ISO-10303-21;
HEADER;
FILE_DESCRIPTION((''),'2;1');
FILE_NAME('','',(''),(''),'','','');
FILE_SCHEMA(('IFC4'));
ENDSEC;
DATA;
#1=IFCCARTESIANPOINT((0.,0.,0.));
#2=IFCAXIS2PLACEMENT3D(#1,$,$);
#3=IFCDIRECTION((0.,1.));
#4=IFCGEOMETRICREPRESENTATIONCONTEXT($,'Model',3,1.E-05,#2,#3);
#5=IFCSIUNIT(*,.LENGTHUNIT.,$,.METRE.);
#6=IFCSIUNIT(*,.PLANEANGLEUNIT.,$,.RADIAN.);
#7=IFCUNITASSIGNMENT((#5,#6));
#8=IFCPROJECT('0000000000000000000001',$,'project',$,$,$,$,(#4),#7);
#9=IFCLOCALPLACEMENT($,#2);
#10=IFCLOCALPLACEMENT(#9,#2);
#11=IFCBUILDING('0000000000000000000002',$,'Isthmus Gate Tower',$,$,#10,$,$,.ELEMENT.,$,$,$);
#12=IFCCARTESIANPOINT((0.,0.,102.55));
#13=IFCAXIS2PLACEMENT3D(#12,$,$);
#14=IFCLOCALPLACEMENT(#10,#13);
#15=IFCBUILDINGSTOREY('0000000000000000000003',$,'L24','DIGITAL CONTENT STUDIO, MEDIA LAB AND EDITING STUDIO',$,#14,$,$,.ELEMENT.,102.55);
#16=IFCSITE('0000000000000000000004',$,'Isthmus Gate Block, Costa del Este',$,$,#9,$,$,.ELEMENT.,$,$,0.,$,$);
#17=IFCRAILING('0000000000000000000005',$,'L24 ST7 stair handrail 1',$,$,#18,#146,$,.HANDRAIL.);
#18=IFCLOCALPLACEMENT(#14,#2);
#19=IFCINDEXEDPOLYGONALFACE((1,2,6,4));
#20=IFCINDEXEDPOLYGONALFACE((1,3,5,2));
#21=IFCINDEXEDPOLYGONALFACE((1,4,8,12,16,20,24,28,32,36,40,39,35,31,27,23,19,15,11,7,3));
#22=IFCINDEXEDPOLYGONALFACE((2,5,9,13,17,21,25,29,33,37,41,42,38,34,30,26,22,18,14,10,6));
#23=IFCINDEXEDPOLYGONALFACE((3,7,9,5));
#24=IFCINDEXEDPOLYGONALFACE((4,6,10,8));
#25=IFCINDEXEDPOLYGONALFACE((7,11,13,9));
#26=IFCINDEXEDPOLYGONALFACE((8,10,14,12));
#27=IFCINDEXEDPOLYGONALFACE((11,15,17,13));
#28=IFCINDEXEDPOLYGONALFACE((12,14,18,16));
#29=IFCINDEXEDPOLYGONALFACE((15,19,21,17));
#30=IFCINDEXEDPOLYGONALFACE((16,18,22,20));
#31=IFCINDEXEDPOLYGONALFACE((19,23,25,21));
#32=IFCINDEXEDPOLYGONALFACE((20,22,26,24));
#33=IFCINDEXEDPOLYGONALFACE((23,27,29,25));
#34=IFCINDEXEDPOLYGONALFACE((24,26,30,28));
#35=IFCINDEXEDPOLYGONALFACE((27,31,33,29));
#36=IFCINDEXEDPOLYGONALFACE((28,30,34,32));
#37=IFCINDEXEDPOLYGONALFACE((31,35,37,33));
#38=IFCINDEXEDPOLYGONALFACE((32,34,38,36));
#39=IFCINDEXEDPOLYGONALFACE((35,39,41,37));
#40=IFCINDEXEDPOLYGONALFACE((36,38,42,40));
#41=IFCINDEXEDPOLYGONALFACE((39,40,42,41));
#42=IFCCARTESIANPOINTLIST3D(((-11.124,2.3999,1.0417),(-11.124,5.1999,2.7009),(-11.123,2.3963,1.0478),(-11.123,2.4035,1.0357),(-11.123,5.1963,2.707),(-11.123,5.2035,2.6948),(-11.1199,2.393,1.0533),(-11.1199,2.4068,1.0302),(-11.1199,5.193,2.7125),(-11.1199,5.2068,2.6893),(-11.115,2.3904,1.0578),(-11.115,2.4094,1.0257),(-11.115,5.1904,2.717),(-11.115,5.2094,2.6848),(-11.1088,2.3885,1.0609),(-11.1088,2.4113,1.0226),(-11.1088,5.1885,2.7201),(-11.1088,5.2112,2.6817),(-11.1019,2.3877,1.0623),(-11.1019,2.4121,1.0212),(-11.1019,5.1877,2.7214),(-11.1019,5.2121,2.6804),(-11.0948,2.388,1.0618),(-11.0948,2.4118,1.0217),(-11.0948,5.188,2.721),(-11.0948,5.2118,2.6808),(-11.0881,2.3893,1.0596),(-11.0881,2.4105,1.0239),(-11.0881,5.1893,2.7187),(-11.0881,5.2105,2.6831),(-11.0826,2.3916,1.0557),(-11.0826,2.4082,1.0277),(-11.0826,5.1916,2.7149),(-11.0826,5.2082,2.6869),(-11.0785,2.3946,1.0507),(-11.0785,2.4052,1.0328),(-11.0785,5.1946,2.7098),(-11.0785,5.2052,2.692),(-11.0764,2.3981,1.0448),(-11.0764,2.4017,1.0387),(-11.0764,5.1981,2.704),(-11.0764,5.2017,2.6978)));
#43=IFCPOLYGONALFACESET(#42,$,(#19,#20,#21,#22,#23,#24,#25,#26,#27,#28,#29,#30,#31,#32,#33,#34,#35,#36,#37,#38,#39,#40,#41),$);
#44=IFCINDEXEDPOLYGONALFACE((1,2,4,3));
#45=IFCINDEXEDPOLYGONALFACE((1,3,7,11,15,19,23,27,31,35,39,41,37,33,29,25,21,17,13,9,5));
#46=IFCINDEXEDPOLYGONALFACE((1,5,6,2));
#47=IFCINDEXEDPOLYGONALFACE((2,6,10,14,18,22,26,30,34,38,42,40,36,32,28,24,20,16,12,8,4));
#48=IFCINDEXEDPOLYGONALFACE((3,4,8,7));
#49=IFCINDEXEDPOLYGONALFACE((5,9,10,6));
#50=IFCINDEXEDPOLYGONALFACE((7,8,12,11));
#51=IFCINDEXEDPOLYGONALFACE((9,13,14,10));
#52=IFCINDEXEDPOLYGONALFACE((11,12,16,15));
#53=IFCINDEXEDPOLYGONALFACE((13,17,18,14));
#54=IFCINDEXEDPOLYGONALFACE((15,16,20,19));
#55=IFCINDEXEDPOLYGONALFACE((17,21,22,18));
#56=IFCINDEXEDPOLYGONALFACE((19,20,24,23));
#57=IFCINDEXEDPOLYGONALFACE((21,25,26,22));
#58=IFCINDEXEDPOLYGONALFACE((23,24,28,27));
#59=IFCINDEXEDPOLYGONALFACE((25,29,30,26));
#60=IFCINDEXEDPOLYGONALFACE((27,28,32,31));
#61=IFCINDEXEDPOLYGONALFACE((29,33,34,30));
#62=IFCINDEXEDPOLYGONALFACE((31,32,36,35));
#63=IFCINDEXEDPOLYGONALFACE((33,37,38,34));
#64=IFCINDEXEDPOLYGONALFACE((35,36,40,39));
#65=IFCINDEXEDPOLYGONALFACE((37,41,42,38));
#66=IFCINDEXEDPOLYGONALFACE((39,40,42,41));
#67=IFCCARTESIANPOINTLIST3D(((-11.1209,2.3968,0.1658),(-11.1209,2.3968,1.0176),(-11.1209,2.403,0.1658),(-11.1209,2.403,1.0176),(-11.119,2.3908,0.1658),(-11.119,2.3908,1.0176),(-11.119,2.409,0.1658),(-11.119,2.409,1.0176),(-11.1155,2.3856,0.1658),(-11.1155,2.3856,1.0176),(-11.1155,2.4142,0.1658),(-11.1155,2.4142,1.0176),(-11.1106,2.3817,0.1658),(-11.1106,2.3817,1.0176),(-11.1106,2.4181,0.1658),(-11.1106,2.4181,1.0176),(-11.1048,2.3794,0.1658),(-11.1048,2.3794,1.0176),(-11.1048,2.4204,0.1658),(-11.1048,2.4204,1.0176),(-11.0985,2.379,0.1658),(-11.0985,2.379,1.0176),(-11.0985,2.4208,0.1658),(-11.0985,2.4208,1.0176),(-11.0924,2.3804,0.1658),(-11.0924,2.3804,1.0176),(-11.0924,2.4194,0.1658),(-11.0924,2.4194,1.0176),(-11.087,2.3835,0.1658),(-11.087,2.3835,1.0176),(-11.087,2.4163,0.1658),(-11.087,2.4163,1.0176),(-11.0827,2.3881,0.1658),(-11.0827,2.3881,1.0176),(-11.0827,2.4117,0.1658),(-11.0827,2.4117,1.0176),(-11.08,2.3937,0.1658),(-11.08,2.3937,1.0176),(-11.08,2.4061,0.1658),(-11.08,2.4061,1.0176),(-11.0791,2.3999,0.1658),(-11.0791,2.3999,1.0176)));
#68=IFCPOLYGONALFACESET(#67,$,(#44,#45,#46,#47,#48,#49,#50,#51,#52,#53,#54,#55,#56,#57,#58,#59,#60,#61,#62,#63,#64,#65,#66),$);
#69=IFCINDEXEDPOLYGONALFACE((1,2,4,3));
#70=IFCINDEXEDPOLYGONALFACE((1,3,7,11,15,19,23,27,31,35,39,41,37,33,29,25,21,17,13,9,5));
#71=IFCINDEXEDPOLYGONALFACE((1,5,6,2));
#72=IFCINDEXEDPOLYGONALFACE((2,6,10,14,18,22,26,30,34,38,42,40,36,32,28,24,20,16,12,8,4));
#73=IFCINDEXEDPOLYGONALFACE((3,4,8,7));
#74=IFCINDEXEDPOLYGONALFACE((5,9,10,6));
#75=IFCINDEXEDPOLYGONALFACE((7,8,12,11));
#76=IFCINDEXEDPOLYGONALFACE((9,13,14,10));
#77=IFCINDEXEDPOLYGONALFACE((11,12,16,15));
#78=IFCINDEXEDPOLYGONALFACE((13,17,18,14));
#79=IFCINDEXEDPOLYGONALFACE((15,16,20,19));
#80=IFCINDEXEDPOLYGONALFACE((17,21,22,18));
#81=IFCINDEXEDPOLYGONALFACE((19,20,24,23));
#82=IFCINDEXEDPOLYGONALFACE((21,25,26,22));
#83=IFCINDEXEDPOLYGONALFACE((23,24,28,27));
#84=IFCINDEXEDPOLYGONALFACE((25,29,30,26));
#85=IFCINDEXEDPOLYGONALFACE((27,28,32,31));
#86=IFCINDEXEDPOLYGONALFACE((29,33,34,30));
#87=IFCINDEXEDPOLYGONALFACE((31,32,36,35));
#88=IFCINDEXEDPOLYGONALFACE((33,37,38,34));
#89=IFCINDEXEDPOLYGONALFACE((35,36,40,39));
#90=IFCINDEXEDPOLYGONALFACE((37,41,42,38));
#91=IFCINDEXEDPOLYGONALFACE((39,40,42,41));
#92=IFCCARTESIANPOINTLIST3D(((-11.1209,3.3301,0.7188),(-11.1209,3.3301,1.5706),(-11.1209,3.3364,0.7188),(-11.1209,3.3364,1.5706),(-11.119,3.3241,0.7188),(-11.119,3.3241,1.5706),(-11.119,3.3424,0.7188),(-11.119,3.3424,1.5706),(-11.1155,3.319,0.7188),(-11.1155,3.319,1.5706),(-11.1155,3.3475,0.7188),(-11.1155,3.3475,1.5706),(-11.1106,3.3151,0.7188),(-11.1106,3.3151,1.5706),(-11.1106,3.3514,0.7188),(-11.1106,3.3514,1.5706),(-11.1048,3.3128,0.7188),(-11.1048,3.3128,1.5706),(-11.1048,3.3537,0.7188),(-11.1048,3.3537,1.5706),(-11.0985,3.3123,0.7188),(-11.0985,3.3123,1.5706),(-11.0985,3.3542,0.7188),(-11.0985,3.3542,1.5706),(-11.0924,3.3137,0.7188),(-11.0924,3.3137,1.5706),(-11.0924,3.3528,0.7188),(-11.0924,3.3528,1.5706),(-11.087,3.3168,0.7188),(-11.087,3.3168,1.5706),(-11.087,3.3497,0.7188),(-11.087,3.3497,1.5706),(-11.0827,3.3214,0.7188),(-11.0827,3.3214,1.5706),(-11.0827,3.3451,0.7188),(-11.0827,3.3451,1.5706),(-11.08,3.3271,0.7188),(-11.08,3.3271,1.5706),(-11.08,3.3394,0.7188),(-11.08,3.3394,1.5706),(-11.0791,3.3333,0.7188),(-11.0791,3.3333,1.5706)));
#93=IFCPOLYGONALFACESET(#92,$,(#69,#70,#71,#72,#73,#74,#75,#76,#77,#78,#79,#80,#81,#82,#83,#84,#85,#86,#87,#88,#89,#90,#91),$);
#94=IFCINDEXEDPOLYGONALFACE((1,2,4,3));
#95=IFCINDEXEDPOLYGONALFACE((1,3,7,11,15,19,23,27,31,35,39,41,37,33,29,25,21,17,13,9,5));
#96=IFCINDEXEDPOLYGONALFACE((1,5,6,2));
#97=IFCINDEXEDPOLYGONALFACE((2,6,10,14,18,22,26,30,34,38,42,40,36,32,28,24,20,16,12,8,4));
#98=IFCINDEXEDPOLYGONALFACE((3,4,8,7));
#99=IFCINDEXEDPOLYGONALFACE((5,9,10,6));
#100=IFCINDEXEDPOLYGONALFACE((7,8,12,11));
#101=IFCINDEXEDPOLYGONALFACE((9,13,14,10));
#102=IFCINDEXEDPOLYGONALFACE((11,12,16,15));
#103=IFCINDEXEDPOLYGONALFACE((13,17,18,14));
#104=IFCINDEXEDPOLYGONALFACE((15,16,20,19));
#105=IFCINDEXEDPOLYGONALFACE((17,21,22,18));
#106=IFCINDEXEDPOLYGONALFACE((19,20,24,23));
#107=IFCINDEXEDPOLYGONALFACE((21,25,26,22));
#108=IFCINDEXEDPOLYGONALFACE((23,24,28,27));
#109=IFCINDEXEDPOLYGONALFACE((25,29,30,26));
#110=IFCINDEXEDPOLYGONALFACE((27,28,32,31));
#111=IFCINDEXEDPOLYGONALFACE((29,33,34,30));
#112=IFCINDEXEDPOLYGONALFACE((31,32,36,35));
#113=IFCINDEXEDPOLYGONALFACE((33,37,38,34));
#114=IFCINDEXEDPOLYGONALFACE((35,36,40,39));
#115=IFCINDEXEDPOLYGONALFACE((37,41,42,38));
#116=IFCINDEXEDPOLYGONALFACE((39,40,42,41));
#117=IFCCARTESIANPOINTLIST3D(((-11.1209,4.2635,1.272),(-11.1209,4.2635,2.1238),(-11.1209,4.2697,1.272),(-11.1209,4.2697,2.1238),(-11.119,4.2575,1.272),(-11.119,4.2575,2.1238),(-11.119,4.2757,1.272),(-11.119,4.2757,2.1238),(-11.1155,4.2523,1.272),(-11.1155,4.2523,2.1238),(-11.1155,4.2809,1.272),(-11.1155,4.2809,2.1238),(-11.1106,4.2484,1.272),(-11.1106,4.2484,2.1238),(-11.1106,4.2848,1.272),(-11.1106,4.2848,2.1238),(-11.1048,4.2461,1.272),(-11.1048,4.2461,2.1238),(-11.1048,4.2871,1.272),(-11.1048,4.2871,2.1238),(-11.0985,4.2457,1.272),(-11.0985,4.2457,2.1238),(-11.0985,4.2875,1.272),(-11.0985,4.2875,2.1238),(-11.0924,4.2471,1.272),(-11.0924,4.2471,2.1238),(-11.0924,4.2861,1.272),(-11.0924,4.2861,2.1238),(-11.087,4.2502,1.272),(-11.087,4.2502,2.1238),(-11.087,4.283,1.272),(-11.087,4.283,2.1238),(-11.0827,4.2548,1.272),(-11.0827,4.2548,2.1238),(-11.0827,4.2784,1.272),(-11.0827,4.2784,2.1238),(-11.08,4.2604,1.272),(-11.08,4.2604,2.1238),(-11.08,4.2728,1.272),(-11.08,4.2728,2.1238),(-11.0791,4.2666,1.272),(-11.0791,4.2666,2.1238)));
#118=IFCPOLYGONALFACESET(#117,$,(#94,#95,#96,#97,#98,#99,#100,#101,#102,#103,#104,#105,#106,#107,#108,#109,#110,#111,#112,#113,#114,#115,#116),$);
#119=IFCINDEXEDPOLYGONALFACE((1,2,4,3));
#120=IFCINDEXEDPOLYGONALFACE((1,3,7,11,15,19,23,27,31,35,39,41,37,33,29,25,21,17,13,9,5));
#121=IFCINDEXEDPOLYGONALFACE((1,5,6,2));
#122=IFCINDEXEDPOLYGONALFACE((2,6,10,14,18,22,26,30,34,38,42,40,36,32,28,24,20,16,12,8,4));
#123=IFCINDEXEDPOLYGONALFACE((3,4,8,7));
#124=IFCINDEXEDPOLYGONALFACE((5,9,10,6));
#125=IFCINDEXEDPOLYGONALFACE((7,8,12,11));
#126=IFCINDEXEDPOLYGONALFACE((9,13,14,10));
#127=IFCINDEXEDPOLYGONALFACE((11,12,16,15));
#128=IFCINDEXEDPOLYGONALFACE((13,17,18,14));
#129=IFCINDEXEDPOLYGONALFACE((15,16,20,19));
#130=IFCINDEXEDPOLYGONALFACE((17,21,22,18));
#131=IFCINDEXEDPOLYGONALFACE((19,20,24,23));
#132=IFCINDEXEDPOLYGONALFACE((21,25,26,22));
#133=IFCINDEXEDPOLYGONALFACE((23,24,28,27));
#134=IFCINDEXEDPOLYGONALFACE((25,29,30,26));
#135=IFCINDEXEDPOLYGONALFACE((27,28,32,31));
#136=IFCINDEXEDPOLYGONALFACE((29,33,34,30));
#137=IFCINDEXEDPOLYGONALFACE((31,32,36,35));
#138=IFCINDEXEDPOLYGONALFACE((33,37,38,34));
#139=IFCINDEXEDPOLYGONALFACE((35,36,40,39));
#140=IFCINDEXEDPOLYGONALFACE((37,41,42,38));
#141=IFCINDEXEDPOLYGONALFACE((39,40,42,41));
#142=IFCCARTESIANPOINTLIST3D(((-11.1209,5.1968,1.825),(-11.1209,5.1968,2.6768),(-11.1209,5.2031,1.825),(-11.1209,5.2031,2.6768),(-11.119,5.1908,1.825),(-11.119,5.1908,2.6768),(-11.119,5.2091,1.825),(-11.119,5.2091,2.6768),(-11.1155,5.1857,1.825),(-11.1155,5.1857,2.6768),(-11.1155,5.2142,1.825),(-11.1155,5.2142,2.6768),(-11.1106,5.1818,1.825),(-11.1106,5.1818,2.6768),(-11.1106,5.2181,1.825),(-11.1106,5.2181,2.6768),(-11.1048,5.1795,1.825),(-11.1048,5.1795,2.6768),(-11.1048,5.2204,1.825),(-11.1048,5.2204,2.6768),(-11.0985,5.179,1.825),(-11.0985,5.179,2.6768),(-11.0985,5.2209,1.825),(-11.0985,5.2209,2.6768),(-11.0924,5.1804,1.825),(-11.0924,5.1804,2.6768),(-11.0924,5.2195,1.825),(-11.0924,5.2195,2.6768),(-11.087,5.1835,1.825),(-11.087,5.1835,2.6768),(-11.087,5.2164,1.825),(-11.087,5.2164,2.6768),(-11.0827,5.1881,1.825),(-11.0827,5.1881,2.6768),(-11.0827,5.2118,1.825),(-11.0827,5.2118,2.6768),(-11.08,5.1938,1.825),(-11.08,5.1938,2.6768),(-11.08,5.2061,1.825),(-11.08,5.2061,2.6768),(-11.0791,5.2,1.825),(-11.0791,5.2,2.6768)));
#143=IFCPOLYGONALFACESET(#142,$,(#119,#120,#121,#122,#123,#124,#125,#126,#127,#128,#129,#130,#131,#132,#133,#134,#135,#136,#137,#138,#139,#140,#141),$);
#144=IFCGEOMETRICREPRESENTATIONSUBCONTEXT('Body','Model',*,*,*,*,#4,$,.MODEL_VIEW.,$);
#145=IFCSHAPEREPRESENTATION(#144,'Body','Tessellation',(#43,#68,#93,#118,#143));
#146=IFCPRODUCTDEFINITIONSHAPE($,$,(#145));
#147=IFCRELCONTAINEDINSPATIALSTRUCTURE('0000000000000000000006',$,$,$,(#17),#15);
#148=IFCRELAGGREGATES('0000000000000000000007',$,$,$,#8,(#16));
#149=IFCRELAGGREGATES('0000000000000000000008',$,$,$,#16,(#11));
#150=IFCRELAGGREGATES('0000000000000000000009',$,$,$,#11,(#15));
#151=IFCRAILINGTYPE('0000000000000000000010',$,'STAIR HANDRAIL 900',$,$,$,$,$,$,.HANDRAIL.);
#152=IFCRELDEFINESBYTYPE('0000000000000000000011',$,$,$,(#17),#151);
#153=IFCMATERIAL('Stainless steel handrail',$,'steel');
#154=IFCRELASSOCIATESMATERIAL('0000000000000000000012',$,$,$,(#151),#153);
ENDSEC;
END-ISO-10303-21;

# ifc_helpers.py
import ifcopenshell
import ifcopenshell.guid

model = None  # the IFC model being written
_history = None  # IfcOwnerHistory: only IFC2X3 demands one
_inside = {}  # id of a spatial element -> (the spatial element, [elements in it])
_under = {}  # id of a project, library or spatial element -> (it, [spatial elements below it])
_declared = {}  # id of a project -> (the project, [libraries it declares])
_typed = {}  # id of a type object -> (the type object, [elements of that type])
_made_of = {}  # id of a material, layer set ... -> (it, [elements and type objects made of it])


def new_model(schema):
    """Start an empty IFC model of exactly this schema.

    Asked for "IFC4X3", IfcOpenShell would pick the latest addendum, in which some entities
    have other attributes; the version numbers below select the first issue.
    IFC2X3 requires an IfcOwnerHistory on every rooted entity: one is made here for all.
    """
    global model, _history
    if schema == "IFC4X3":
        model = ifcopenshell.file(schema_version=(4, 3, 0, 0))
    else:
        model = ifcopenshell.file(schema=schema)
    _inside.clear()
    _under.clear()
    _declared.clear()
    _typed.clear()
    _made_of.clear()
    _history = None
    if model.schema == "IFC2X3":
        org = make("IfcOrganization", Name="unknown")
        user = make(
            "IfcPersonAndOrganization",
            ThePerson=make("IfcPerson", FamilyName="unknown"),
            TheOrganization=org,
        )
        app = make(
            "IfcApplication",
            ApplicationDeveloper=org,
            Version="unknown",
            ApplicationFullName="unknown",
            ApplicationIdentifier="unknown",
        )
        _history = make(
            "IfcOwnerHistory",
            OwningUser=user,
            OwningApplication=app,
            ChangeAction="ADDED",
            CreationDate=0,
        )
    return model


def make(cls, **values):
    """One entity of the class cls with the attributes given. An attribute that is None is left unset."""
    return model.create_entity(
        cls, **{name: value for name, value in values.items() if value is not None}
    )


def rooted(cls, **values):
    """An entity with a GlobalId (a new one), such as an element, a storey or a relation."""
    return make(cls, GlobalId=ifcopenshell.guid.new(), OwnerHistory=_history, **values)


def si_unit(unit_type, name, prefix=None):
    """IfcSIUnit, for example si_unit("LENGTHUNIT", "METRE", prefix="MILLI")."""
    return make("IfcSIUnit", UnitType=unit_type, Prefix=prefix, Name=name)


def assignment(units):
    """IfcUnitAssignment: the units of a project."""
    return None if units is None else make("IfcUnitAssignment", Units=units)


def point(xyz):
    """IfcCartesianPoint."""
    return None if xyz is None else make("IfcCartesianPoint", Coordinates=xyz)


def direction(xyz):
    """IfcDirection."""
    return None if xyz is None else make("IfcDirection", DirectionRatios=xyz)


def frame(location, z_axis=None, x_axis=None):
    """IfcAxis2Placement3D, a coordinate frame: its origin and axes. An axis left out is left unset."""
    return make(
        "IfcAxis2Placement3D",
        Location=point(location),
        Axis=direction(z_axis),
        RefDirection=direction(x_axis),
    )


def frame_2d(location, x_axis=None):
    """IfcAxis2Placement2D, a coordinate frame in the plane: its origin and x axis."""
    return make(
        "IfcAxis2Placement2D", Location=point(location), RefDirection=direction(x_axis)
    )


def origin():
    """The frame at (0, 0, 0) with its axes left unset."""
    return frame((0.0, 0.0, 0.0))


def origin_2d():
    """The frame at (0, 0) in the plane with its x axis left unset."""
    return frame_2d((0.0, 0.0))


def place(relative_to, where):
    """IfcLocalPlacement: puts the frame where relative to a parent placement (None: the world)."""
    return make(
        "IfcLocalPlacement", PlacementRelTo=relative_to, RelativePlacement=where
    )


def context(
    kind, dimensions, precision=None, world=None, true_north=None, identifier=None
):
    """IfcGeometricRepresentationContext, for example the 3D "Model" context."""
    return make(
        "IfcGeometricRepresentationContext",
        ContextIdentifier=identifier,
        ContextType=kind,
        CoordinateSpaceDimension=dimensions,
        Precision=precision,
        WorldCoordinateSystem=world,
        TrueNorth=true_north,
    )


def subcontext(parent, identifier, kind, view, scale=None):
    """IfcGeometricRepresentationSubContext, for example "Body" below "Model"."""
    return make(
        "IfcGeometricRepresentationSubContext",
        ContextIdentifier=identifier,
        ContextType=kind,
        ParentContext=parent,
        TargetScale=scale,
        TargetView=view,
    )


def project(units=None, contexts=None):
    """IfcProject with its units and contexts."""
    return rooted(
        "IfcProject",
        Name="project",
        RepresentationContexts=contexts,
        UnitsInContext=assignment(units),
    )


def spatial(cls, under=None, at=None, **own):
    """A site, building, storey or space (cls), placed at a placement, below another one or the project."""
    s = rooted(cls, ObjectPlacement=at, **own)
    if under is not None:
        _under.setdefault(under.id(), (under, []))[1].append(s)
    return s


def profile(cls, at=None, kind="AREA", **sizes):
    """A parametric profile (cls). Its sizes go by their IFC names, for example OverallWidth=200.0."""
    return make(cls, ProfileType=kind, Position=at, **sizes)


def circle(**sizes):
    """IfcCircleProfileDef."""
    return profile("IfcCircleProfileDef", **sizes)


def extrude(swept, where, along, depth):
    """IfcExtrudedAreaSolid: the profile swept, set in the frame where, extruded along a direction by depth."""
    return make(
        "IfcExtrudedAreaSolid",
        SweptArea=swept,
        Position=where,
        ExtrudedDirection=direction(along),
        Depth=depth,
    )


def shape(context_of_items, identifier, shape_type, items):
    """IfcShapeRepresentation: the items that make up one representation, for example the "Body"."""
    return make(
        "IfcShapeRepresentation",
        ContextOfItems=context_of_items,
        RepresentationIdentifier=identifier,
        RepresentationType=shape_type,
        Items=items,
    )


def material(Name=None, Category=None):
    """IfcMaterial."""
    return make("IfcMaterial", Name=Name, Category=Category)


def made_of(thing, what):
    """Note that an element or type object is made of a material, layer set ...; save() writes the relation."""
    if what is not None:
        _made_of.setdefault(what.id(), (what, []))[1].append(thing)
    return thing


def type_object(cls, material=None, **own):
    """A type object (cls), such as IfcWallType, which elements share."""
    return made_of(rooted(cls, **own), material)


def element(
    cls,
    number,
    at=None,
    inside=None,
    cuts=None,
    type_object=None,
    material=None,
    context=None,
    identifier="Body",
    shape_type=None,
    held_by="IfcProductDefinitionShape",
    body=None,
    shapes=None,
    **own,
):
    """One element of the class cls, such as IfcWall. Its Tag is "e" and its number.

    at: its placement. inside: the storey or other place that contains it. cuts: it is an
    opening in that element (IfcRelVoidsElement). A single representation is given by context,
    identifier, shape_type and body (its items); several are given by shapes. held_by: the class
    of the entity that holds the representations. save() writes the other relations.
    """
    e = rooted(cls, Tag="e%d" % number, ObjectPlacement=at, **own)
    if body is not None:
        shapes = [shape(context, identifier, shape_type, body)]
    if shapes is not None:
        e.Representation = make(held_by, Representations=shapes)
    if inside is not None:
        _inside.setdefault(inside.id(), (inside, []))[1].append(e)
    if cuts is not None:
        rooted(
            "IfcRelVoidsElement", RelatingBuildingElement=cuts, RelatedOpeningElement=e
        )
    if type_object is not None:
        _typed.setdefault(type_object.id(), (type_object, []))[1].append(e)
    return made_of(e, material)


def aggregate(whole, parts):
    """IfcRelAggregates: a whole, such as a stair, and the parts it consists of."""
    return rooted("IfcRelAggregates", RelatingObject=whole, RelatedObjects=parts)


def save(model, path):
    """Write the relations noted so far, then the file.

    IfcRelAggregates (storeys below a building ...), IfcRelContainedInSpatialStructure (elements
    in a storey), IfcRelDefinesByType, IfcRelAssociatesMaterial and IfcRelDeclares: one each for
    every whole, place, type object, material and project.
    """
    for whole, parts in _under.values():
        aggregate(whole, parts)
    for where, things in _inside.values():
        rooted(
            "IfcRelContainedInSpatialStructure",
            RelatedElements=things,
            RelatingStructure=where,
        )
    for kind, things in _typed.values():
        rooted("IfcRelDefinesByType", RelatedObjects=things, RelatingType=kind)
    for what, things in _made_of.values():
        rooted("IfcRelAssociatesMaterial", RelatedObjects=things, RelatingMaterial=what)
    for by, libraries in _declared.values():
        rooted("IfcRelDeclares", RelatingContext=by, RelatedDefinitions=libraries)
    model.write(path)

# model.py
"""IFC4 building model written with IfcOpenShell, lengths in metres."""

from ifc_helpers import new_model, si_unit, direction, frame, origin, origin_2d, place, context, subcontext, project, spatial, circle, extrude, material, type_object, element, save


model = new_model("IFC4")

# Units and contexts
model_context = context("Model", 3, precision=1e-05, world=origin(), true_north=direction((0.0, 1.0)))
body_context = subcontext(model_context, "Body", "Model", "MODEL_VIEW")
ifc_project = project(units=[si_unit("LENGTHUNIT", "METRE"), si_unit("PLANEANGLEUNIT", "RADIAN")], contexts=[model_context])

# Site, building, storey
site_placement = place(None, origin())
site = spatial("IfcSite", under=ifc_project, at=site_placement, Name="Isthmus Gate Block, Costa del Este", CompositionType="ELEMENT", RefElevation=0.0)
building_placement = place(site_placement, origin())
building = spatial("IfcBuilding", under=site, at=building_placement, Name="Isthmus Gate Tower", CompositionType="ELEMENT")
storey_placement = place(building_placement, frame((0.0, 0.0, 102.55)))
storey = spatial("IfcBuildingStorey", under=building, at=storey_placement, Name="L24", Description="DIGITAL CONTENT STUDIO, MEDIA LAB AND EDITING STUDIO", CompositionType="ELEMENT", Elevation=102.55)

# Railing
ifc_material_1 = material(Name="Stainless steel handrail", Category="steel")
railing_type_1 = type_object("IfcRailingType", Name="STAIR HANDRAIL 900", PredefinedType="HANDRAIL", material=ifc_material_1)
railing_1_placement = place(storey_placement, frame((-11.1001, 2.3999, 0.1658)))
element("IfcRailing", 1, at=railing_1_placement, inside=storey, type_object=railing_type_1, Name="L24 ST7 stair handrail 1", PredefinedType="HANDRAIL", context=body_context, shape_type="SweptSolid", body=[
    extrude(circle(Radius=0.0239, at=origin_2d()), frame((0.0, 0.0, 0.876), z_axis=(0.0, 0.860306, 0.509778), x_axis=(-1.0, 0.0, 0.0)), (0.0, 0.0, 1.0), 3.2546),
    extrude(circle(Radius=0.021, at=origin_2d()), origin(), (0.0, 0.0, 1.0), 0.8518),
    extrude(circle(Radius=0.021, at=origin_2d()), frame((0.0, 0.9333, 0.553)), (0.0, 0.0, 1.0), 0.8518),
    extrude(circle(Radius=0.021, at=origin_2d()), frame((0.0, 1.8667, 1.1062)), (0.0, 0.0, 1.0), 0.8518),
    extrude(circle(Radius=0.021, at=origin_2d()), frame((0.0, 2.8, 1.6592)), (0.0, 0.0, 1.0), 0.8518),
])

save(model, "model.ifc")
